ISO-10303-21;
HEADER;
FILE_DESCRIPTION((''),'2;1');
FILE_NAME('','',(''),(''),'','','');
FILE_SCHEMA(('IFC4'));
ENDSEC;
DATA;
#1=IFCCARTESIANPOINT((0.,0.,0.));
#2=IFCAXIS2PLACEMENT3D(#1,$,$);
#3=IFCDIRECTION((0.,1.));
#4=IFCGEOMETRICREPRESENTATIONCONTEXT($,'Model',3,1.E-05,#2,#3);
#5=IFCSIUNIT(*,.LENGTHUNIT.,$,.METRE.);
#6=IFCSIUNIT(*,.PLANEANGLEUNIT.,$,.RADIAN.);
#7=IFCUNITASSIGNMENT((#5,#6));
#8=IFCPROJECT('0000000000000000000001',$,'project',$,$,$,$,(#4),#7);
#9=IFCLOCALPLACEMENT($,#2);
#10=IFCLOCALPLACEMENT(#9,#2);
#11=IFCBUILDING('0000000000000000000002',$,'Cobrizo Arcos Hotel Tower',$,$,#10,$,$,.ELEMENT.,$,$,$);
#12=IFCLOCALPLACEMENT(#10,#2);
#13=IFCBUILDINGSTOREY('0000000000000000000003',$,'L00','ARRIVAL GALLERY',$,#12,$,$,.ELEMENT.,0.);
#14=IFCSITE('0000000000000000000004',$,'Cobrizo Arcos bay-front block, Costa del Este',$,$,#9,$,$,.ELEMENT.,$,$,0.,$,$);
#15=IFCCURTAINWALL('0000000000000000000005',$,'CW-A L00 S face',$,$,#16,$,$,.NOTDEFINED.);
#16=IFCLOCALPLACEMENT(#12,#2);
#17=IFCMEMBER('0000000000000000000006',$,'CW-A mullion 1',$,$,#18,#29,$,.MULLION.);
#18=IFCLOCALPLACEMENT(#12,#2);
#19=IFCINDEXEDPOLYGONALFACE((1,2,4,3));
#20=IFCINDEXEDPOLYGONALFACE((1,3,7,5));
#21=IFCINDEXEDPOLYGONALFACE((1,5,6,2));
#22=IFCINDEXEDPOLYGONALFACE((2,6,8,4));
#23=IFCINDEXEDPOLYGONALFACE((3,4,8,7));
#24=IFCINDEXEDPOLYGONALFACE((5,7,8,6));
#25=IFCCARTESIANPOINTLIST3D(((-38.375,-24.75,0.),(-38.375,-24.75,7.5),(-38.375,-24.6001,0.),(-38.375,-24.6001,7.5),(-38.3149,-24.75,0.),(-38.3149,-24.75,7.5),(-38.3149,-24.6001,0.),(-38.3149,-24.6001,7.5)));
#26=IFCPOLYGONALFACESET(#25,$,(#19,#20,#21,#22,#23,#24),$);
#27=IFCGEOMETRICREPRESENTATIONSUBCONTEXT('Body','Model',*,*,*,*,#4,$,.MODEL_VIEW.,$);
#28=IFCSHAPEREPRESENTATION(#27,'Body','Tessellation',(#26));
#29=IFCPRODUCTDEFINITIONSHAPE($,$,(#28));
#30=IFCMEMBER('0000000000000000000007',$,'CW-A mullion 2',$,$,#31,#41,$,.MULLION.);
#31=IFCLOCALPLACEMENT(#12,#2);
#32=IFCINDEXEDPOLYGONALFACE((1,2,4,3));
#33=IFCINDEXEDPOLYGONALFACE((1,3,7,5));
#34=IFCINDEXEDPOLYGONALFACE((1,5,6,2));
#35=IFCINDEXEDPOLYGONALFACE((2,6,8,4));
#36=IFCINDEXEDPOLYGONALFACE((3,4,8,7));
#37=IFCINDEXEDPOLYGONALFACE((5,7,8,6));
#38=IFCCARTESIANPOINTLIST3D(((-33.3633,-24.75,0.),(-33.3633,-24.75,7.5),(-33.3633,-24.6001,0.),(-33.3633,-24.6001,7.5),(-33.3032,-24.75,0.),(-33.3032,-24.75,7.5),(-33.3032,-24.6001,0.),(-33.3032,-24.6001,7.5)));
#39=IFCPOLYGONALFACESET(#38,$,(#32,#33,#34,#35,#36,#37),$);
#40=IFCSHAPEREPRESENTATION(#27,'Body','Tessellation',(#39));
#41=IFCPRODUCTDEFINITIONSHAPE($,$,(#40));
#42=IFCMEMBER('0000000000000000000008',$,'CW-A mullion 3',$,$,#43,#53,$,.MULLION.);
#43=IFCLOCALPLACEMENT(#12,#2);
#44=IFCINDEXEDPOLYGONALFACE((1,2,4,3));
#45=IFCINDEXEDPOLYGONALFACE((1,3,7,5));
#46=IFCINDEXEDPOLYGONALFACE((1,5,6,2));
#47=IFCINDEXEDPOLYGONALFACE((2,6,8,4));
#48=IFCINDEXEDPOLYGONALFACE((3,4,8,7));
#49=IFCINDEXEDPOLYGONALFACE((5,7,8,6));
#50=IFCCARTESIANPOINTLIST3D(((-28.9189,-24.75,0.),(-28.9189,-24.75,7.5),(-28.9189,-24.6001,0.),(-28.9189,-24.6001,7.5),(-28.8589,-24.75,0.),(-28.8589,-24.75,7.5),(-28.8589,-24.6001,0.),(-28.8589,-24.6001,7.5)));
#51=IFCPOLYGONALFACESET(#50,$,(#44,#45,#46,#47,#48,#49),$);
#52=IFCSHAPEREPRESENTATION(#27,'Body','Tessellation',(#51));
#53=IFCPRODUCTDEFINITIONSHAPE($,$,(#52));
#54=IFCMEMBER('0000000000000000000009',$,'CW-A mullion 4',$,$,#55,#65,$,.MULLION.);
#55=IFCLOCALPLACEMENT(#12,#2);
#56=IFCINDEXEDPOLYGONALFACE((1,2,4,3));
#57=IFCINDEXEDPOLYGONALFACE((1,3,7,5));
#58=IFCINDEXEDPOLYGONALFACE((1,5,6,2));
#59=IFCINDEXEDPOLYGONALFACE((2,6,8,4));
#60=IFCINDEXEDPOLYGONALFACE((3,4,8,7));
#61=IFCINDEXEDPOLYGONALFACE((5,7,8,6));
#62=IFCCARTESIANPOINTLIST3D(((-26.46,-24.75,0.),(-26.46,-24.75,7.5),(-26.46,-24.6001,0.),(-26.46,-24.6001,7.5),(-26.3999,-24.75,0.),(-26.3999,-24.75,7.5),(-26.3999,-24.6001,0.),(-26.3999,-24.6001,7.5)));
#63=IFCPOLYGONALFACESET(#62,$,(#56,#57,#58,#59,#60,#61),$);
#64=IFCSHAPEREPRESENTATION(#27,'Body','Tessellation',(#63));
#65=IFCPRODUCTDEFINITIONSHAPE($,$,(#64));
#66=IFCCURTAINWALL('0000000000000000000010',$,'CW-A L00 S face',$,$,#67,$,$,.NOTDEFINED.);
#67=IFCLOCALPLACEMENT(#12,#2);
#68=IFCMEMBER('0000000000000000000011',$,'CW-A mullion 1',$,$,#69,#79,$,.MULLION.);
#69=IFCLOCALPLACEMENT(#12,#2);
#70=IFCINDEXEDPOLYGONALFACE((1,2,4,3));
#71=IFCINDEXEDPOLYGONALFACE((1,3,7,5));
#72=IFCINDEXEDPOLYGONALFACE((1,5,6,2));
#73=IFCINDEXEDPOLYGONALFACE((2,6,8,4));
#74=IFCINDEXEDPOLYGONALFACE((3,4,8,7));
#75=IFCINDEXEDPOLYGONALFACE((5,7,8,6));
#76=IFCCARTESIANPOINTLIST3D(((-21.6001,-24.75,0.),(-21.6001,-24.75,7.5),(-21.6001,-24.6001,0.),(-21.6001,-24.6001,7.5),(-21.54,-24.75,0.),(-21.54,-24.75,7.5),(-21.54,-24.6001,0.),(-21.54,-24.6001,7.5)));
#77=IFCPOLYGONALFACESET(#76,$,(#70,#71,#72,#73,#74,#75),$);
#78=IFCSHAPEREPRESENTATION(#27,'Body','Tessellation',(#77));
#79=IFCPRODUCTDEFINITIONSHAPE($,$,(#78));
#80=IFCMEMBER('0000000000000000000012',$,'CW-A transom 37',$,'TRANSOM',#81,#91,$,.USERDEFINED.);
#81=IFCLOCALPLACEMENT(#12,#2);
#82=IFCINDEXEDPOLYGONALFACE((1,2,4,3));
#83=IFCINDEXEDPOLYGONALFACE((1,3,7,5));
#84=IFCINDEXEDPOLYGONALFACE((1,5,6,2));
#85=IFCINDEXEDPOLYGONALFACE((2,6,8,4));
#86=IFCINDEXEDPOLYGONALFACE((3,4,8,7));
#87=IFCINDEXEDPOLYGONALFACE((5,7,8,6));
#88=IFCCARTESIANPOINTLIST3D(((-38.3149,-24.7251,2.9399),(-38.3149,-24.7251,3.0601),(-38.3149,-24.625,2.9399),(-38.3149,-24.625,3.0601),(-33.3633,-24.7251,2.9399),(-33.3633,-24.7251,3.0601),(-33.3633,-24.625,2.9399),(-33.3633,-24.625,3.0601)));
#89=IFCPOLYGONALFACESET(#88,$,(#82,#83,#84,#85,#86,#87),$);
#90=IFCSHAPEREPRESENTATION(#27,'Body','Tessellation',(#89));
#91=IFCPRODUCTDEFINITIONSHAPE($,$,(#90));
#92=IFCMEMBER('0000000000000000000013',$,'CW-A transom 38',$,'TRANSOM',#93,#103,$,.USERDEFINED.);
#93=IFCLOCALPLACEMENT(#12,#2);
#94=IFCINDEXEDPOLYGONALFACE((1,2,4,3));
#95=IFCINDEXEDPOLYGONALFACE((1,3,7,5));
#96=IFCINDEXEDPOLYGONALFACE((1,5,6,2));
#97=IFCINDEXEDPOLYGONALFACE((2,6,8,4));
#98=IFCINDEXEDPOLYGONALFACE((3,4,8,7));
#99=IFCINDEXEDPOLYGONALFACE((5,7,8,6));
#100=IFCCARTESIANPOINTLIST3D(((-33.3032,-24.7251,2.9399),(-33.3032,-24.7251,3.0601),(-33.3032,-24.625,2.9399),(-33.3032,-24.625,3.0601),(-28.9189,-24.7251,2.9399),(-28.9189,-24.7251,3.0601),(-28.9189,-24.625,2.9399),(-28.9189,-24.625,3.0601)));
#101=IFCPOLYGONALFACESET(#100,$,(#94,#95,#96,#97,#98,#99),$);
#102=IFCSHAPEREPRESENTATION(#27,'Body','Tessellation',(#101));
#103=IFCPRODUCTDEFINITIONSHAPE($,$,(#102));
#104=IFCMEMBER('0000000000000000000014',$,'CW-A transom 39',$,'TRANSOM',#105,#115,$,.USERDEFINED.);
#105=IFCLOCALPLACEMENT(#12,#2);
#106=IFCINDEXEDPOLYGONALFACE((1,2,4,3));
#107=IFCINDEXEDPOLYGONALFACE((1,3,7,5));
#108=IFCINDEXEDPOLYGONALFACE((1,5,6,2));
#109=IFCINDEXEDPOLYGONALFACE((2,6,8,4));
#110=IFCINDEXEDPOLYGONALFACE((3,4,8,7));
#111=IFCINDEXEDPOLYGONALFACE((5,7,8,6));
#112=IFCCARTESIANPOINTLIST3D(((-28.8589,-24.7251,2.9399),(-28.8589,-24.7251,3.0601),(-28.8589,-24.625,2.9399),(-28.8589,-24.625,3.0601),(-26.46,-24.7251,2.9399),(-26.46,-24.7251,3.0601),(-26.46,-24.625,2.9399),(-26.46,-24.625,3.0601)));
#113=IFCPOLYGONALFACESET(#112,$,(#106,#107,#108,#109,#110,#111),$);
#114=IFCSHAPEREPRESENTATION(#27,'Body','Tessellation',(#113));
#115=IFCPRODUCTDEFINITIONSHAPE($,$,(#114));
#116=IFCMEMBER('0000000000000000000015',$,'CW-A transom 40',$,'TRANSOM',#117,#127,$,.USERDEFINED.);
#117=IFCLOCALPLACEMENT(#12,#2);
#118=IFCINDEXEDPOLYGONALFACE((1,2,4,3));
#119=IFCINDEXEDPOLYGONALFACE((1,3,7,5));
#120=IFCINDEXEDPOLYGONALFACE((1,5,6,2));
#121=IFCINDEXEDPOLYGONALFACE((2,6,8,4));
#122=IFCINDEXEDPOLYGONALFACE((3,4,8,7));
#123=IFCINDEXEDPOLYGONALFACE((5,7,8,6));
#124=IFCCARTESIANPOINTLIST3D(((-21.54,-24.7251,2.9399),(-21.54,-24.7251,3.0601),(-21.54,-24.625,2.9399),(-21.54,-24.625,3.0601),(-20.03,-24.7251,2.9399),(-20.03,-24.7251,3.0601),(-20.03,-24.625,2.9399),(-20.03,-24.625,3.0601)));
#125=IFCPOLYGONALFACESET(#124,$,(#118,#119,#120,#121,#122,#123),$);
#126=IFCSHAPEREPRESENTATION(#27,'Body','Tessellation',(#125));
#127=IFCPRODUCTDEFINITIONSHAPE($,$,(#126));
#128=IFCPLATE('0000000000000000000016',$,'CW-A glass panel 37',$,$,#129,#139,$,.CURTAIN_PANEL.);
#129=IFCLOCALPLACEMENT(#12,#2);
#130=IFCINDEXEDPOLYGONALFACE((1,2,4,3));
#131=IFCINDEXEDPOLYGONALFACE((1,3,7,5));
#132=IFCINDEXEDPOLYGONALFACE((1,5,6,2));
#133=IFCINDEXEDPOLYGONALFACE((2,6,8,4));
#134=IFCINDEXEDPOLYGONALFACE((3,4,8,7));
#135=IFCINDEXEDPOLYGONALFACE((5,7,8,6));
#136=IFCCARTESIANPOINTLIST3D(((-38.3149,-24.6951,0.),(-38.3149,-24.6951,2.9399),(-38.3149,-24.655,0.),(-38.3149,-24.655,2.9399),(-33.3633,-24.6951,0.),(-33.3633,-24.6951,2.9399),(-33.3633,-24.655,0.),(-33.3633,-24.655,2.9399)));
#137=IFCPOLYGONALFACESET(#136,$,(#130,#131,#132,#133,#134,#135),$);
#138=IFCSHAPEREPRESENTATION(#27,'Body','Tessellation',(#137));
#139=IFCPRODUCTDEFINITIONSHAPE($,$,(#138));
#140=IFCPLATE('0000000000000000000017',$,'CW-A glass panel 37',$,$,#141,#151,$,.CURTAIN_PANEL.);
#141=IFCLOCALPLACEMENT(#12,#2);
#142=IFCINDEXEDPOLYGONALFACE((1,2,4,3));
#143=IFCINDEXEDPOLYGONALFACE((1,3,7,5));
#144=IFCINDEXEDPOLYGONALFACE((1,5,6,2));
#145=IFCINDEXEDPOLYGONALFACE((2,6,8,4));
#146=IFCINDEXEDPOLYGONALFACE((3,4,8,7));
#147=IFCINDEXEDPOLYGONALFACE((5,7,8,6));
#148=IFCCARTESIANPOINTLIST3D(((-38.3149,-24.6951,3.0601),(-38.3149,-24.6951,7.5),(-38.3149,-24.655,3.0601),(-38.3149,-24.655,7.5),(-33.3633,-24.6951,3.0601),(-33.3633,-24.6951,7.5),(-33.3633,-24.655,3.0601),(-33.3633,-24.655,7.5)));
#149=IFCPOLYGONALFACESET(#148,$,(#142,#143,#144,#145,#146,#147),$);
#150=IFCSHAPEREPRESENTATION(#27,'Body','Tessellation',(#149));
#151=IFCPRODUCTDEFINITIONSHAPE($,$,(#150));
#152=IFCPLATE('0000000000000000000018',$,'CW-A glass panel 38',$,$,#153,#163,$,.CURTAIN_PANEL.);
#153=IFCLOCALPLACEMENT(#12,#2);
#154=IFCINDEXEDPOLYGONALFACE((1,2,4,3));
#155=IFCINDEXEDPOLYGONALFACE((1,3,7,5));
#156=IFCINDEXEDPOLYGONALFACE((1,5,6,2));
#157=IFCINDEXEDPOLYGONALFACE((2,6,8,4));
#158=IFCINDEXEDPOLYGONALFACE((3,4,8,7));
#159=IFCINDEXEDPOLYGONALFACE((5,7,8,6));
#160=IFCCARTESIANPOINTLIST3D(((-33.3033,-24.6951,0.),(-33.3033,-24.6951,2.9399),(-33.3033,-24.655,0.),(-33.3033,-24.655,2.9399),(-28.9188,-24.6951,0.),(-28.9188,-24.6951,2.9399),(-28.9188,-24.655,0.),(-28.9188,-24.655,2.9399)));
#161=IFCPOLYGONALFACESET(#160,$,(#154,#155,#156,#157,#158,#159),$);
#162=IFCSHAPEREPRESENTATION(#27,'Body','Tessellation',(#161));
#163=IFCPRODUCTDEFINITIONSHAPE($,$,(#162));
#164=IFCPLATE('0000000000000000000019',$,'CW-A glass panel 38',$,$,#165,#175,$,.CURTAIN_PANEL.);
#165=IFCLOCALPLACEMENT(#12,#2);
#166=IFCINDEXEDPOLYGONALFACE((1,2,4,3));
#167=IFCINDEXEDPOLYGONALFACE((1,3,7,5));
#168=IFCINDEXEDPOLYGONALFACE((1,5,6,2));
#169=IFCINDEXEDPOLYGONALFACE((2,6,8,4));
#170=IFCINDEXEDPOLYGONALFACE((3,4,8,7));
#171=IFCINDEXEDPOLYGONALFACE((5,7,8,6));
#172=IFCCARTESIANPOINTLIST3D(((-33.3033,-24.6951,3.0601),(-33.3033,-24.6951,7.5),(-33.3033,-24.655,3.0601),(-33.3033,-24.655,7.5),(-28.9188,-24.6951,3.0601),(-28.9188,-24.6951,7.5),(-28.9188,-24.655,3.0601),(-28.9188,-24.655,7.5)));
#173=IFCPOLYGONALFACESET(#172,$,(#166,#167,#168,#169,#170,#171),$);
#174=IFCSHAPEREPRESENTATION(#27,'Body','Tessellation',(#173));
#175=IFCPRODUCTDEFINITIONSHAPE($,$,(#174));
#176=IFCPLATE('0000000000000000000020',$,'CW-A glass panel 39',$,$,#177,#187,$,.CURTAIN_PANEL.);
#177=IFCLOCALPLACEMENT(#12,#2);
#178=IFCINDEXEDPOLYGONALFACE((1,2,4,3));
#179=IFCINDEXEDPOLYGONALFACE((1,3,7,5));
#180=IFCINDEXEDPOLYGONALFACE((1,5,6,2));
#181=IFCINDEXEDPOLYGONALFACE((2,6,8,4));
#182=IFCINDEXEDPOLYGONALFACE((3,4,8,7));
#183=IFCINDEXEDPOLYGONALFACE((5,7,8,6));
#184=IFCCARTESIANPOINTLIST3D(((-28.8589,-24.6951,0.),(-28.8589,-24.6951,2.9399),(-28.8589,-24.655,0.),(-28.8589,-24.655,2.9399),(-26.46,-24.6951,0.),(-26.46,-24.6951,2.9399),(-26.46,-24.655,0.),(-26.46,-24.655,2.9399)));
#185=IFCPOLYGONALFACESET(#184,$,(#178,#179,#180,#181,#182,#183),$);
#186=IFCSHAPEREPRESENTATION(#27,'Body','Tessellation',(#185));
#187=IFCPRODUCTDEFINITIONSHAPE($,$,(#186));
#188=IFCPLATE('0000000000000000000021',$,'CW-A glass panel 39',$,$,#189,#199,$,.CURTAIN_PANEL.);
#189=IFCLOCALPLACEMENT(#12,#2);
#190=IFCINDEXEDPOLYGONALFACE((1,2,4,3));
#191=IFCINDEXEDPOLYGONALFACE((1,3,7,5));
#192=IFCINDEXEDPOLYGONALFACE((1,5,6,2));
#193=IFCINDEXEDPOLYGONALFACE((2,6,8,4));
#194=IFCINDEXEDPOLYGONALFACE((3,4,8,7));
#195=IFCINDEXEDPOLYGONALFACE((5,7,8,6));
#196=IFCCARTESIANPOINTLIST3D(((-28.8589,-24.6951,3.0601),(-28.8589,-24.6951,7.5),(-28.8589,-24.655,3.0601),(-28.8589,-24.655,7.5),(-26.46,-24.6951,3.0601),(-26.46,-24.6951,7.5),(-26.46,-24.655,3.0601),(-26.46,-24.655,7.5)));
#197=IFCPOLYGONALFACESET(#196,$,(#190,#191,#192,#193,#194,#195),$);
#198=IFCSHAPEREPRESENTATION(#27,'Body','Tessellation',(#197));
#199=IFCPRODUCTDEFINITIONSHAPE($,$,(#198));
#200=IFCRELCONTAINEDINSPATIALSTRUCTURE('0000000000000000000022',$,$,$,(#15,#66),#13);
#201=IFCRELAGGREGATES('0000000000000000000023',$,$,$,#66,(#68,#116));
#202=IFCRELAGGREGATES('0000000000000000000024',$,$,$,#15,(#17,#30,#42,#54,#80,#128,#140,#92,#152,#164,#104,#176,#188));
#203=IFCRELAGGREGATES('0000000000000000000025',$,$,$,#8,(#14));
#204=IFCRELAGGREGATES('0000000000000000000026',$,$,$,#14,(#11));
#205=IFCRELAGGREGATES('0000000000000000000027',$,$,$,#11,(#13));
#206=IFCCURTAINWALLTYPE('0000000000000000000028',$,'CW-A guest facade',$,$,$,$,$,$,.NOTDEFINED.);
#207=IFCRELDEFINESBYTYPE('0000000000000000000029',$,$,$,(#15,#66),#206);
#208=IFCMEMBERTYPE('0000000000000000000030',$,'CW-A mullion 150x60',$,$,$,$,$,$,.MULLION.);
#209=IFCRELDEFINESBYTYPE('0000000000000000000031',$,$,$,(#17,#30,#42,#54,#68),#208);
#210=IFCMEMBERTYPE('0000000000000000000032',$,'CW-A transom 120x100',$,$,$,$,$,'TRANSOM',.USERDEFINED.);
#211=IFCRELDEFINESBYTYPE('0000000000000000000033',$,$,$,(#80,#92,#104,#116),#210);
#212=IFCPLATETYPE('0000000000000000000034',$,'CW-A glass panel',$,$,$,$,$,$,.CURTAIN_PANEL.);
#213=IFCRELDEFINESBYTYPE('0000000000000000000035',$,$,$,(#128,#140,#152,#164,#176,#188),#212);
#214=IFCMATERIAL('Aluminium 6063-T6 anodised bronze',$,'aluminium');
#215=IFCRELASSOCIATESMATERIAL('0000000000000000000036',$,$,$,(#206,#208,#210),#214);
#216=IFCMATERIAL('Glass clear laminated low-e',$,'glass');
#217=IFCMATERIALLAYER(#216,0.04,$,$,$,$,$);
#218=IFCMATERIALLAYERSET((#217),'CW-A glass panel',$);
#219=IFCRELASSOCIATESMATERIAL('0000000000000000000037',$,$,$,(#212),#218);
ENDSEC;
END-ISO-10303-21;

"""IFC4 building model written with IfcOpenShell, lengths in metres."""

from ifc_helpers import new_model, si_unit, direction, frame, origin, origin_2d, place, context, subcontext, project, spatial, rectangle, extrude, material, layer, layer_set, material_profile, profile_set, type_object, element, aggregate, save


model = new_model("IFC4")

# Units and contexts
model_context = context("Model", 3, precision=1e-05, world=origin(), true_north=direction((0.0, 1.0)))
body_context = subcontext(model_context, "Body", "Model", "MODEL_VIEW")
ifc_project = project(units=[si_unit("LENGTHUNIT", "METRE"), si_unit("PLANEANGLEUNIT", "RADIAN")], contexts=[model_context])

# Site, building, storey
site_placement = place(None, origin())
site = spatial("IfcSite", under=ifc_project, at=site_placement, Name="Cobrizo Arcos bay-front block, Costa del Este", CompositionType="ELEMENT", RefElevation=0.0)
building_placement = place(site_placement, origin())
building = spatial("IfcBuilding", under=site, at=building_placement, Name="Cobrizo Arcos Hotel Tower", CompositionType="ELEMENT")
storey_placement = place(building_placement, origin())
storey = spatial("IfcBuildingStorey", under=building, at=storey_placement, Name="L00", Description="ARRIVAL GALLERY", CompositionType="ELEMENT", Elevation=0.0)

# Curtain wall, members
ifc_material_1 = material(Name="Aluminium 6063-T6 anodised bronze", Category="aluminium")
curtain_wall_type = type_object("IfcCurtainWallType", Name="CW-A guest facade", PredefinedType="NOTDEFINED", material=ifc_material_1)
curtain_wall_1_placement = place(storey_placement, origin())
curtain_wall_1 = element("IfcCurtainWall", 1, at=curtain_wall_1_placement, inside=storey, type_object=curtain_wall_type, Name="CW-A L00 S face", PredefinedType="NOTDEFINED")
ifc_material_profile_1 = material_profile(ifc_material_1, rectangle(XDim=0.1499, YDim=0.0601, at=origin_2d()), Name="CW-A mullion 150x60")
ifc_profile_set_1 = profile_set([ifc_material_profile_1], Name="Aluminium 6063-T6 anodised bronze")
member_type_1 = type_object("IfcMemberType", Name="CW-A mullion 150x60", PredefinedType="MULLION", material=ifc_profile_set_1)
member_1_placement = place(storey_placement, frame((-38.345, -24.675, 0.0), z_axis=(0.0, 0.0, 1.0), x_axis=(0.0, -1.0, 0.0)))
member_1 = element("IfcMember", 2, at=member_1_placement, type_object=member_type_1, Name="CW-A mullion 1", PredefinedType="MULLION", context=body_context, shape_type="SweptSolid", body=[
    extrude(rectangle(XDim=0.1499, YDim=0.0601, at=origin_2d()), origin(), (0.0, 0.0, 1.0), 7.5),
])
member_2_placement = place(storey_placement, frame((-33.3333, -24.675, 0.0), z_axis=(0.0, 0.0, 1.0), x_axis=(0.0, -1.0, 0.0)))
member_2 = element("IfcMember", 3, at=member_2_placement, type_object=member_type_1, Name="CW-A mullion 2", PredefinedType="MULLION", context=body_context, shape_type="SweptSolid", body=[
    extrude(rectangle(XDim=0.1499, YDim=0.0601, at=origin_2d()), origin(), (0.0, 0.0, 1.0), 7.5),
])
member_3_placement = place(storey_placement, frame((-28.8889, -24.675, 0.0), z_axis=(0.0, 0.0, 1.0), x_axis=(0.0, -1.0, 0.0)))
member_3 = element("IfcMember", 4, at=member_3_placement, type_object=member_type_1, Name="CW-A mullion 3", PredefinedType="MULLION", context=body_context, shape_type="SweptSolid", body=[
    extrude(rectangle(XDim=0.1499, YDim=0.0601, at=origin_2d()), origin(), (0.0, 0.0, 1.0), 7.5),
])
member_4_placement = place(storey_placement, frame((-26.4299, -24.675, 0.0), z_axis=(0.0, 0.0, 1.0), x_axis=(0.0, -1.0, 0.0)))
member_4 = element("IfcMember", 5, at=member_4_placement, type_object=member_type_1, Name="CW-A mullion 4", PredefinedType="MULLION", context=body_context, shape_type="SweptSolid", body=[
    extrude(rectangle(XDim=0.1499, YDim=0.0601, at=origin_2d()), origin(), (0.0, 0.0, 1.0), 7.5),
])

# Curtain wall, member
curtain_wall_2_placement = place(storey_placement, origin())
curtain_wall_2 = element("IfcCurtainWall", 6, at=curtain_wall_2_placement, inside=storey, type_object=curtain_wall_type, Name="CW-A L00 S face", PredefinedType="NOTDEFINED")
member_5_placement = place(storey_placement, frame((-21.5701, -24.675, 0.0), z_axis=(0.0, 0.0, 1.0), x_axis=(0.0, -1.0, 0.0)))
member_5 = element("IfcMember", 7, at=member_5_placement, type_object=member_type_1, Name="CW-A mullion 1", PredefinedType="MULLION", context=body_context, shape_type="SweptSolid", body=[
    extrude(rectangle(XDim=0.1499, YDim=0.0601, at=origin_2d()), origin(), (0.0, 0.0, 1.0), 7.5),
])

# Members
ifc_material_profile_2 = material_profile(ifc_material_1, rectangle(XDim=0.1001, YDim=0.1201, at=origin_2d()), Name="CW-A transom 120x100")
ifc_profile_set_2 = profile_set([ifc_material_profile_2], Name="Aluminium 6063-T6 anodised bronze")
member_type_2 = type_object("IfcMemberType", Name="CW-A transom 120x100", ElementType="TRANSOM", PredefinedType="USERDEFINED", material=ifc_profile_set_2)
member_6_placement = place(storey_placement, frame((-38.3149, -24.675, 3.0), z_axis=(1.0, 0.0, 0.0), x_axis=(0.0, 1.0, 0.0)))
member_6 = element("IfcMember", 8, at=member_6_placement, type_object=member_type_2, Name="CW-A transom 37", ObjectType="TRANSOM", PredefinedType="USERDEFINED", context=body_context, shape_type="SweptSolid", body=[
    extrude(rectangle(XDim=0.1001, YDim=0.1201, at=origin_2d()), origin(), (0.0, 0.0, 1.0), 4.9517),
])
member_7_placement = place(storey_placement, frame((-33.3032, -24.675, 3.0), z_axis=(1.0, 0.0, 0.0), x_axis=(0.0, 1.0, 0.0)))
member_7 = element("IfcMember", 9, at=member_7_placement, type_object=member_type_2, Name="CW-A transom 38", ObjectType="TRANSOM", PredefinedType="USERDEFINED", context=body_context, shape_type="SweptSolid", body=[
    extrude(rectangle(XDim=0.1001, YDim=0.1201, at=origin_2d()), origin(), (0.0, 0.0, 1.0), 4.3843),
])
member_8_placement = place(storey_placement, frame((-28.8589, -24.675, 3.0), z_axis=(1.0, 0.0, 0.0), x_axis=(0.0, 1.0, 0.0)))
member_8 = element("IfcMember", 10, at=member_8_placement, type_object=member_type_2, Name="CW-A transom 39", ObjectType="TRANSOM", PredefinedType="USERDEFINED", context=body_context, shape_type="SweptSolid", body=[
    extrude(rectangle(XDim=0.1001, YDim=0.1201, at=origin_2d()), origin(), (0.0, 0.0, 1.0), 2.3989),
])
member_9_placement = place(storey_placement, frame((-21.54, -24.675, 3.0), z_axis=(1.0, 0.0, 0.0), x_axis=(0.0, 1.0, 0.0)))
member_9 = element("IfcMember", 11, at=member_9_placement, type_object=member_type_2, Name="CW-A transom 40", ObjectType="TRANSOM", PredefinedType="USERDEFINED", context=body_context, shape_type="SweptSolid", body=[
    extrude(rectangle(XDim=0.1001, YDim=0.1201, at=origin_2d()), origin(), (0.0, 0.0, 1.0), 1.51),
])
aggregate(curtain_wall_2, [member_5, member_9])

# Plates
ifc_material_2 = material(Name="Glass clear laminated low-e", Category="glass")
ifc_layer_1 = layer(ifc_material_2, 0.04)
ifc_layer_set_1 = layer_set([ifc_layer_1], Name="CW-A glass panel")
plate_type = type_object("IfcPlateType", Name="CW-A glass panel", PredefinedType="CURTAIN_PANEL", material=ifc_layer_set_1)
plate_1_placement = place(storey_placement, frame((-35.8391, -24.675, 0.0), z_axis=(0.0, 0.0, 1.0), x_axis=(1.0, 0.0, 0.0)))
plate_1 = element("IfcPlate", 12, at=plate_1_placement, type_object=plate_type, Name="CW-A glass panel 37", PredefinedType="CURTAIN_PANEL", context=body_context, shape_type="SweptSolid", body=[
    extrude(rectangle(XDim=4.9517, YDim=0.04, at=origin_2d()), origin(), (0.0, 0.0, 1.0), 2.9399),
])
plate_2_placement = place(storey_placement, frame((-35.8391, -24.675, 3.0601), z_axis=(0.0, 0.0, 1.0), x_axis=(1.0, 0.0, 0.0)))
plate_2 = element("IfcPlate", 13, at=plate_2_placement, type_object=plate_type, Name="CW-A glass panel 37", PredefinedType="CURTAIN_PANEL", context=body_context, shape_type="SweptSolid", body=[
    extrude(rectangle(XDim=4.9517, YDim=0.04, at=origin_2d()), origin(), (0.0, 0.0, 1.0), 4.4399),
])
plate_3_placement = place(storey_placement, frame((-31.1111, -24.675, 0.0), z_axis=(0.0, 0.0, 1.0), x_axis=(1.0, 0.0, 0.0)))
plate_3 = element("IfcPlate", 14, at=plate_3_placement, type_object=plate_type, Name="CW-A glass panel 38", PredefinedType="CURTAIN_PANEL", context=body_context, shape_type="SweptSolid", body=[
    extrude(rectangle(XDim=4.3845, YDim=0.04, at=origin_2d()), origin(), (0.0, 0.0, 1.0), 2.9399),
])
plate_4_placement = place(storey_placement, frame((-31.1111, -24.675, 3.0601), z_axis=(0.0, 0.0, 1.0), x_axis=(1.0, 0.0, 0.0)))
plate_4 = element("IfcPlate", 15, at=plate_4_placement, type_object=plate_type, Name="CW-A glass panel 38", PredefinedType="CURTAIN_PANEL", context=body_context, shape_type="SweptSolid", body=[
    extrude(rectangle(XDim=4.3845, YDim=0.04, at=origin_2d()), origin(), (0.0, 0.0, 1.0), 4.4399),
])
plate_5_placement = place(storey_placement, frame((-27.6594, -24.675, 0.0), z_axis=(0.0, 0.0, 1.0), x_axis=(1.0, 0.0, 0.0)))
plate_5 = element("IfcPlate", 16, at=plate_5_placement, type_object=plate_type, Name="CW-A glass panel 39", PredefinedType="CURTAIN_PANEL", context=body_context, shape_type="SweptSolid", body=[
    extrude(rectangle(XDim=2.3989, YDim=0.04, at=origin_2d()), origin(), (0.0, 0.0, 1.0), 2.9399),
])
plate_6_placement = place(storey_placement, frame((-27.6594, -24.675, 3.0601), z_axis=(0.0, 0.0, 1.0), x_axis=(1.0, 0.0, 0.0)))
plate_6 = element("IfcPlate", 17, at=plate_6_placement, type_object=plate_type, Name="CW-A glass panel 39", PredefinedType="CURTAIN_PANEL", context=body_context, shape_type="SweptSolid", body=[
    extrude(rectangle(XDim=2.3989, YDim=0.04, at=origin_2d()), origin(), (0.0, 0.0, 1.0), 4.4399),
])
aggregate(curtain_wall_1, [member_1, member_2, member_3, member_4, member_6, plate_1, plate_2, member_7, plate_3, plate_4, member_8, plate_5, plate_6])

save(model, "model.ifc")
